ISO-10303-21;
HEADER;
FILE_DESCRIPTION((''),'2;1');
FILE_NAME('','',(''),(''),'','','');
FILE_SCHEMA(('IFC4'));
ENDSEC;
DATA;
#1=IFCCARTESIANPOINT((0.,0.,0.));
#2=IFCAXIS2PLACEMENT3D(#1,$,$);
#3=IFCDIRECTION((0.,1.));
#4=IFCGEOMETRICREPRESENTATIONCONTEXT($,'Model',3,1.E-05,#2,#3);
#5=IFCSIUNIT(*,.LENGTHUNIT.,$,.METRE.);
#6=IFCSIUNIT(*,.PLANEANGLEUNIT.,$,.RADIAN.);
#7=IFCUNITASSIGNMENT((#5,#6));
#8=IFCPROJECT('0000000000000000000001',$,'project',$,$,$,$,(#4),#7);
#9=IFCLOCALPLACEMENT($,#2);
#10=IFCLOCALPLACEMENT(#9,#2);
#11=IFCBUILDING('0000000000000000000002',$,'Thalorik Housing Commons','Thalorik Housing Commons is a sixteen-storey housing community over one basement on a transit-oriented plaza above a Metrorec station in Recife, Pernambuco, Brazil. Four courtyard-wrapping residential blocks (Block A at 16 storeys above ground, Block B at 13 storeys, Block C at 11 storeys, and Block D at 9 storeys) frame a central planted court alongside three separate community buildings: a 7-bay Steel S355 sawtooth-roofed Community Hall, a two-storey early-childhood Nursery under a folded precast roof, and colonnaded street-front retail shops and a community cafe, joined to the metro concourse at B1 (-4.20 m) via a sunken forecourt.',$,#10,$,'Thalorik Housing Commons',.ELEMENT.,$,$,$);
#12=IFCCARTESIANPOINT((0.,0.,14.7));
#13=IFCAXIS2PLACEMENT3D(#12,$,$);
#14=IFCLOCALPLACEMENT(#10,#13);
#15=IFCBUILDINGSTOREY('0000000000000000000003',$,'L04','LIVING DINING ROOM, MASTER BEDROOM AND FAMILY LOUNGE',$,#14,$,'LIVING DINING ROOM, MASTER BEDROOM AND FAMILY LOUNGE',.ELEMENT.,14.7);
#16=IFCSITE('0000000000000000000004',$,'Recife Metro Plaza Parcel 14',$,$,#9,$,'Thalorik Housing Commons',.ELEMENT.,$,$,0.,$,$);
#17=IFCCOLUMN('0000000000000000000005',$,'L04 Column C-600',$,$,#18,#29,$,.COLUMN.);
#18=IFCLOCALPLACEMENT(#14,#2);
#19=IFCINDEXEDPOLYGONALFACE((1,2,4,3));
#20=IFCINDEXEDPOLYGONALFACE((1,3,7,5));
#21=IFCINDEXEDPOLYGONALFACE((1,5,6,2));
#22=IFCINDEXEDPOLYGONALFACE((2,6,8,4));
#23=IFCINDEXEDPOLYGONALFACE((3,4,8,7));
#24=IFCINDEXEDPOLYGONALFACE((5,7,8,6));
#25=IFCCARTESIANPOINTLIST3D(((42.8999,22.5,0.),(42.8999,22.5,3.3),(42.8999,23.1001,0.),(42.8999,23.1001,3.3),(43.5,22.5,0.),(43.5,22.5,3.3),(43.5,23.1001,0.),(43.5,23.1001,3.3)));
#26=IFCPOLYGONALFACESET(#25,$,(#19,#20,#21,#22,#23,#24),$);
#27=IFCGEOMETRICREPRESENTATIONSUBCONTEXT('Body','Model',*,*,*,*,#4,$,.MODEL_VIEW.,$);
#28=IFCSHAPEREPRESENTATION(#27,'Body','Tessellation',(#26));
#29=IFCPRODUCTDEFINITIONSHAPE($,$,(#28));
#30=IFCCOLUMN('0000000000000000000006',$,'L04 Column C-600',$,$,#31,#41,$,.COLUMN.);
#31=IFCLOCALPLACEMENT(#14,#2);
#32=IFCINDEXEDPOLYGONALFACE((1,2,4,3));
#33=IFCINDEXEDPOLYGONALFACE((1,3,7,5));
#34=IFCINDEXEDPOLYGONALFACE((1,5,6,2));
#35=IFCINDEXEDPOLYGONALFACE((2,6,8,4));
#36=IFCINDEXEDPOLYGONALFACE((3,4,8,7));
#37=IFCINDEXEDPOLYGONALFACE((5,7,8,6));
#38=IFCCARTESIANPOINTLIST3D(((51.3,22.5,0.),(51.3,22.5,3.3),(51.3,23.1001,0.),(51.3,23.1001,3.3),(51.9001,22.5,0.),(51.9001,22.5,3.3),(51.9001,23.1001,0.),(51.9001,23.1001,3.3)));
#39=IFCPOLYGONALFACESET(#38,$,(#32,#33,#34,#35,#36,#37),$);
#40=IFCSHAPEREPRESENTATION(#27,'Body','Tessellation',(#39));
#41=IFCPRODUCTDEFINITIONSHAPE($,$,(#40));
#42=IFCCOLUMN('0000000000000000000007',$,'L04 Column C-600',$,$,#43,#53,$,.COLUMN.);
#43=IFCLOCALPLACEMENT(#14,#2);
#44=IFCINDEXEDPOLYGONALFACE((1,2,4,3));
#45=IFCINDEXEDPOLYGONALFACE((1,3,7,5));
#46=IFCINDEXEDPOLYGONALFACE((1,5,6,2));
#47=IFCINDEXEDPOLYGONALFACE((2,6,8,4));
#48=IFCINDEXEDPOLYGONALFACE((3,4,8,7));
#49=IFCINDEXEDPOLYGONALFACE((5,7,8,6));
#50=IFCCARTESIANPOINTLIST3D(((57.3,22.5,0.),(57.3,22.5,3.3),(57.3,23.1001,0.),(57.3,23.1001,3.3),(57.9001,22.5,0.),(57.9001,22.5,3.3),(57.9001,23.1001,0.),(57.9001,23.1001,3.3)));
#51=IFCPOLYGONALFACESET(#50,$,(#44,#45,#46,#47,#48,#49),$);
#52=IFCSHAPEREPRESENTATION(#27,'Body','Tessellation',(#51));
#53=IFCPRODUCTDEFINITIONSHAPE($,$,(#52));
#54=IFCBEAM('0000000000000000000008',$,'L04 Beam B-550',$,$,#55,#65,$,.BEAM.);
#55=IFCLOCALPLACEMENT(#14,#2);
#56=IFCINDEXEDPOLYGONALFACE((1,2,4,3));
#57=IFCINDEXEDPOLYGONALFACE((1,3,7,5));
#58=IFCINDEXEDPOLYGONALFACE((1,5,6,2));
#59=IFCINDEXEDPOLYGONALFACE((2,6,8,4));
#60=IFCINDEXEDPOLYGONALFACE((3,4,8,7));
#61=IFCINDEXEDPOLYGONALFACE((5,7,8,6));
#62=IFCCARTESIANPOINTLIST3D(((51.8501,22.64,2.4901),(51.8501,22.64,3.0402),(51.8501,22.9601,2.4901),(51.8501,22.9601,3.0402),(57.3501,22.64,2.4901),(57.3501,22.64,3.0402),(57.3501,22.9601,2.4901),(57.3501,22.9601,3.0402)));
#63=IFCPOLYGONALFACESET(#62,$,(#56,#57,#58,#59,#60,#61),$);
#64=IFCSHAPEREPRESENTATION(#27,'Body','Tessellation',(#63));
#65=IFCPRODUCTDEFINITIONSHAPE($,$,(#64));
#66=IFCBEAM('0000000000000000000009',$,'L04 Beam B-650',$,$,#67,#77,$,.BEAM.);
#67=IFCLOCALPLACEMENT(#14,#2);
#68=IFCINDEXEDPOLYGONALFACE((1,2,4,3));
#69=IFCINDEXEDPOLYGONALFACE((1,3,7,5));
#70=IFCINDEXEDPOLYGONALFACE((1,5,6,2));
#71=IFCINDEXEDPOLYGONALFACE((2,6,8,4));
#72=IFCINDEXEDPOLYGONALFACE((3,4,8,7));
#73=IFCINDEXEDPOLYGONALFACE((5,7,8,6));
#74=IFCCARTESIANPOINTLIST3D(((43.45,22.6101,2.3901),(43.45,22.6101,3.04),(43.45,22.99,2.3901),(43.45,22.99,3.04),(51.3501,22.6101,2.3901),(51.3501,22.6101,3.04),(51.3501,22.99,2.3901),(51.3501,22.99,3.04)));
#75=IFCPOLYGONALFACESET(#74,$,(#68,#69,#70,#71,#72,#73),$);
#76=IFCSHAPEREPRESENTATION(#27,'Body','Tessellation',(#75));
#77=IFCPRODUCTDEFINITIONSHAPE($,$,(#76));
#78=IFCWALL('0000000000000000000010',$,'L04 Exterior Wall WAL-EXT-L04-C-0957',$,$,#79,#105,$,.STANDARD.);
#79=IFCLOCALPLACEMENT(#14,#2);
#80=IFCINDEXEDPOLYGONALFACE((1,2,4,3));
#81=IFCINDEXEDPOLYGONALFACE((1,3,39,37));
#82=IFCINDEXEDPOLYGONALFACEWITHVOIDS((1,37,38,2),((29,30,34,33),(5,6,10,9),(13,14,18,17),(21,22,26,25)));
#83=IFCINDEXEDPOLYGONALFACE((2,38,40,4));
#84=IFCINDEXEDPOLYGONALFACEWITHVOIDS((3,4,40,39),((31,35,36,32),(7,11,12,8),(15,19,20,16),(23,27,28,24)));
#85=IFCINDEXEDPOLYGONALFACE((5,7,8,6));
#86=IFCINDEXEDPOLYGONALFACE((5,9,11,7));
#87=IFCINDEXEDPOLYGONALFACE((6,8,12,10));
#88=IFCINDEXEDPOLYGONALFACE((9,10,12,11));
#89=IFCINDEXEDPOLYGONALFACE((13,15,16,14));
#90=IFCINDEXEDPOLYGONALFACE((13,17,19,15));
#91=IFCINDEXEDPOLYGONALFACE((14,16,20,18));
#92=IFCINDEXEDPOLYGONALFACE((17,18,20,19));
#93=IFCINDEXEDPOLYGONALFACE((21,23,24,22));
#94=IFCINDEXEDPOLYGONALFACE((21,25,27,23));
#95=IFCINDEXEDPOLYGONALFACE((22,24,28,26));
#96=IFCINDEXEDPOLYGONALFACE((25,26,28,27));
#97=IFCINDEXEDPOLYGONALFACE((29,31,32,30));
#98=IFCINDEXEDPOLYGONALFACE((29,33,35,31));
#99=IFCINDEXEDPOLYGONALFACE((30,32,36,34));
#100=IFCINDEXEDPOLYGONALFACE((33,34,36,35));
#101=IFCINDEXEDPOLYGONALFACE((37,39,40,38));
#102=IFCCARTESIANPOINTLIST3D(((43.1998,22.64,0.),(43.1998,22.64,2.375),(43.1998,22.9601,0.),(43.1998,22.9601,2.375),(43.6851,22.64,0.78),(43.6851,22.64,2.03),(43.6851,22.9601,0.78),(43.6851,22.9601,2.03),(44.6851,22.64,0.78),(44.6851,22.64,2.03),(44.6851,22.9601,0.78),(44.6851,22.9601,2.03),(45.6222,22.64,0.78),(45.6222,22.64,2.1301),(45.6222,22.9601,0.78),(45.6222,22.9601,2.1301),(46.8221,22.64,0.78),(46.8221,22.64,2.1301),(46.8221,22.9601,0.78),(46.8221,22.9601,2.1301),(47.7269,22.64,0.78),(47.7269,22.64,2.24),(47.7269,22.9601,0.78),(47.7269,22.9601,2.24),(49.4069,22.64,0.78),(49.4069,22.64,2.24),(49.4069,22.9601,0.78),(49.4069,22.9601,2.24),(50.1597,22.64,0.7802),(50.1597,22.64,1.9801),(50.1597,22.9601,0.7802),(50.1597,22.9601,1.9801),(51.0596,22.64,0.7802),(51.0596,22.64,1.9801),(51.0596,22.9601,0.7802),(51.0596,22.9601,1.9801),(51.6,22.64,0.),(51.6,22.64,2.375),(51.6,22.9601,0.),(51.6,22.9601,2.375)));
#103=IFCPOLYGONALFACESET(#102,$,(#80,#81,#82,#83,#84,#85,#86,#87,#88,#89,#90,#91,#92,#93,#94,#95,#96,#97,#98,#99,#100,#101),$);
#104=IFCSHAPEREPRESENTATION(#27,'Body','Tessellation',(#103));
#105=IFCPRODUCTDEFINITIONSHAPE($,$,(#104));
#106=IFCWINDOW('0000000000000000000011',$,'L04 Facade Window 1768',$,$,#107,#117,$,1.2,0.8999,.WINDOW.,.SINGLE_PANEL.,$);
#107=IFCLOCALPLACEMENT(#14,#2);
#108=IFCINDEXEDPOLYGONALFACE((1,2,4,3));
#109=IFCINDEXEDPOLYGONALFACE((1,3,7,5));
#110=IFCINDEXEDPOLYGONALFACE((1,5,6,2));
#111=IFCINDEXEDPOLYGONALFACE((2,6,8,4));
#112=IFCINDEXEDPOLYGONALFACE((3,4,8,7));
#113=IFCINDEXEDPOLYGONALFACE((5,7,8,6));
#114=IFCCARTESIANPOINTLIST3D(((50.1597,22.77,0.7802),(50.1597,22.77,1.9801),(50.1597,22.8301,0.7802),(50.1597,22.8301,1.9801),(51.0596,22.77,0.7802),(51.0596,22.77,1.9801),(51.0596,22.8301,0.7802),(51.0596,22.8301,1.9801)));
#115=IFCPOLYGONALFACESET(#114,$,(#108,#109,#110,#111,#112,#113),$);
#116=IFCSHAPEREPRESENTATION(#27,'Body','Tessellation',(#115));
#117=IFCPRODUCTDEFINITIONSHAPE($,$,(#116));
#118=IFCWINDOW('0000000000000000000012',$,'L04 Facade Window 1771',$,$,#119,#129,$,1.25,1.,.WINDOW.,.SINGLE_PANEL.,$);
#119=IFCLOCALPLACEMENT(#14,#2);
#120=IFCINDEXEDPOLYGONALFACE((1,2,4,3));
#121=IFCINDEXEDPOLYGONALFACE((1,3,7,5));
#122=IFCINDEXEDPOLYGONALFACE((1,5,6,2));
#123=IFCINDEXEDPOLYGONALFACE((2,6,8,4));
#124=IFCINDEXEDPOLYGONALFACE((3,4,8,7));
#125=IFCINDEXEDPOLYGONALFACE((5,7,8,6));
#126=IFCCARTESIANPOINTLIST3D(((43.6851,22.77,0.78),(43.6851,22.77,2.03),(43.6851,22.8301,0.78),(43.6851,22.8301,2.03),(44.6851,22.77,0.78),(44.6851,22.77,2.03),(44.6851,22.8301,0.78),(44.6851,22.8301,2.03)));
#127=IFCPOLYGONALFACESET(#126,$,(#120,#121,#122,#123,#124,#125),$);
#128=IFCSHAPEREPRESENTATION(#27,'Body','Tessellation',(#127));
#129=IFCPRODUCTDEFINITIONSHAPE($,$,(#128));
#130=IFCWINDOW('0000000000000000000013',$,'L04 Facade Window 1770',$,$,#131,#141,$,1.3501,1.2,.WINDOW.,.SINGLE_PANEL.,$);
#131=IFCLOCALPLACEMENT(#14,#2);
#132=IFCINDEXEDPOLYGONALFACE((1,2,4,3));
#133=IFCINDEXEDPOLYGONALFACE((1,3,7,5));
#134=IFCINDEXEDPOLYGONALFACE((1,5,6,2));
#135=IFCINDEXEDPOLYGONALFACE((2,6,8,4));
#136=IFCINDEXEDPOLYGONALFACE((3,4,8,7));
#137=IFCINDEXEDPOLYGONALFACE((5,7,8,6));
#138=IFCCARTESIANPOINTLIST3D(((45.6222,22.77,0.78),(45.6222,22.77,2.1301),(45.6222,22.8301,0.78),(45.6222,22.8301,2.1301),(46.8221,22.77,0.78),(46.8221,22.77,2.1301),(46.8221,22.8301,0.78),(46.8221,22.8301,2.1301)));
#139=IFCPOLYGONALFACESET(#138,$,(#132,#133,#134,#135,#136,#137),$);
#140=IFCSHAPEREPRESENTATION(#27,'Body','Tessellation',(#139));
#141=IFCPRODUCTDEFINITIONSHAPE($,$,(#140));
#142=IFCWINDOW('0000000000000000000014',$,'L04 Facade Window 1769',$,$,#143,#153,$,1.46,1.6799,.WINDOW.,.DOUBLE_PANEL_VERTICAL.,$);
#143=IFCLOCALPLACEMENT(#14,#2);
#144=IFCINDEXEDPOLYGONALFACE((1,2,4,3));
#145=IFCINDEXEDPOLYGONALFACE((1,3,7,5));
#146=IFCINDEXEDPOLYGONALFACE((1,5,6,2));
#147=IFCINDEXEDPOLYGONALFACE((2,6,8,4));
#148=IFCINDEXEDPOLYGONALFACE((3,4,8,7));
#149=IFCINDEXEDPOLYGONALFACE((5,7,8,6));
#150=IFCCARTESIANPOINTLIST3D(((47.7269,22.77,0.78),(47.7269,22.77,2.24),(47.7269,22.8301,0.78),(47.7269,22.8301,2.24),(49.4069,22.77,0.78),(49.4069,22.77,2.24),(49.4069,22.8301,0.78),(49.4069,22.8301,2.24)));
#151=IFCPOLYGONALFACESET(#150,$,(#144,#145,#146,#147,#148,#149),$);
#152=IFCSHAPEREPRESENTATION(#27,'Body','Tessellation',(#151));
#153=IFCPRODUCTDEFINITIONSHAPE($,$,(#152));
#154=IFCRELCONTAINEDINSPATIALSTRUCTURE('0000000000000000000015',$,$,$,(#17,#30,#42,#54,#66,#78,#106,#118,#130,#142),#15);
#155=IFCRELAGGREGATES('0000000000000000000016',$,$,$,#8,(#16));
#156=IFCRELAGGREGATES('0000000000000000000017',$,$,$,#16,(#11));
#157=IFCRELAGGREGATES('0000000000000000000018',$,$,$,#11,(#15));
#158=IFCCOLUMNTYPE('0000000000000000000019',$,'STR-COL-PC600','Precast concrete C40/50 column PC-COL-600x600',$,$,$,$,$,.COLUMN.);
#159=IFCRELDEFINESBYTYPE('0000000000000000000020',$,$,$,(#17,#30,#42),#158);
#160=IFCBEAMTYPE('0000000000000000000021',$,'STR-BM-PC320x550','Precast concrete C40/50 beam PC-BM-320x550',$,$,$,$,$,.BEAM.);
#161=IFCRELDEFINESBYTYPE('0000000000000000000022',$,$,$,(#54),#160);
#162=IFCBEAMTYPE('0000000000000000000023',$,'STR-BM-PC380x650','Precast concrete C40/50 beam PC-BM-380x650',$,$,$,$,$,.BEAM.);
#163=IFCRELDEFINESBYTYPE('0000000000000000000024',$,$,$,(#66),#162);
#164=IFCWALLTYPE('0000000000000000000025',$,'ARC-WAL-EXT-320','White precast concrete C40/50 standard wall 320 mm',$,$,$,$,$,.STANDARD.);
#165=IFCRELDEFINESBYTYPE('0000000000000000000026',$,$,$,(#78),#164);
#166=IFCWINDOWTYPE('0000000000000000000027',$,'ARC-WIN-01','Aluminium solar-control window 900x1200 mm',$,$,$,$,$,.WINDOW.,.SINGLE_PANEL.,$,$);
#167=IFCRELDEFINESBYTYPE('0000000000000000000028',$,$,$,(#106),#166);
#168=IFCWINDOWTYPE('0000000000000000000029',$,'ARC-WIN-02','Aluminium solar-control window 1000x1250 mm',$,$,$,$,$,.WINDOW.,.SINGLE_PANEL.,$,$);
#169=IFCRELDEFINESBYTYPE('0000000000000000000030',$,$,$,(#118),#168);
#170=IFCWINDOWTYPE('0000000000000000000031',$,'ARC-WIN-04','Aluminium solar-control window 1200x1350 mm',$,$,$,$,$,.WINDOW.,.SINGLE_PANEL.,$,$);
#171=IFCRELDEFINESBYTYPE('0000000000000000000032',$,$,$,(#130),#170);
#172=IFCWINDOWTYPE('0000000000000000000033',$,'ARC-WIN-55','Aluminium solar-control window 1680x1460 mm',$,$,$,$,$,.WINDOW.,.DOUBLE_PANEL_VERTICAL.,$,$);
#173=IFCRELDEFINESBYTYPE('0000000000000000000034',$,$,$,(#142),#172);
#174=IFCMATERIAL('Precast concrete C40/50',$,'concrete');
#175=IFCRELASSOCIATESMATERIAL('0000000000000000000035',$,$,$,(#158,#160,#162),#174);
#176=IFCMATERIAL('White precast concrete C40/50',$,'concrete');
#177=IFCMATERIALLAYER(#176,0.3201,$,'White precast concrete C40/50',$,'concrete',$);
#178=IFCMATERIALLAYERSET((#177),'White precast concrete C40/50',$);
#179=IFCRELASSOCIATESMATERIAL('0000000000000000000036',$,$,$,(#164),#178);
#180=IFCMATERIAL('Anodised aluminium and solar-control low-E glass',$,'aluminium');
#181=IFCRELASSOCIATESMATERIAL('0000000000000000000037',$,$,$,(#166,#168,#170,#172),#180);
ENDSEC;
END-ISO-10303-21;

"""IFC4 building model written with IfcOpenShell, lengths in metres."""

from ifc_helpers import new_model, si_unit, direction, frame, frame_2d, origin, origin_2d, place, context, subcontext, project, spatial, rectangle, extrude, material, layer, layer_set, material_profile, profile_set, type_object, element, fill, save


model = new_model("IFC4")

# Units and contexts
model_context = context("Model", 3, precision=1e-05, world=origin(), true_north=direction((0.0, 1.0)))
body_context = subcontext(model_context, "Body", "Model", "MODEL_VIEW")
ifc_project = project(units=[si_unit("LENGTHUNIT", "METRE"), si_unit("PLANEANGLEUNIT", "RADIAN")], contexts=[model_context])

# Site, building, storey
site_placement = place(None, origin())
site = spatial("IfcSite", under=ifc_project, at=site_placement, Name="Recife Metro Plaza Parcel 14", LongName="Thalorik Housing Commons", CompositionType="ELEMENT", RefElevation=0.0)
building_placement = place(site_placement, origin())
building = spatial("IfcBuilding", under=site, at=building_placement, Name="Thalorik Housing Commons", Description="Thalorik Housing Commons is a sixteen-storey housing community over one basement on a transit-oriented plaza above a Metrorec station in Recife, Pernambuco, Brazil. Four courtyard-wrapping residential blocks (Block A at 16 storeys above ground, Block B at 13 storeys, Block C at 11 storeys, and Block D at 9 storeys) frame a central planted court alongside three separate community buildings: a 7-bay Steel S355 sawtooth-roofed Community Hall, a two-storey early-childhood Nursery under a folded precast roof, and colonnaded street-front retail shops and a community cafe, joined to the metro concourse at B1 (-4.20 m) via a sunken forecourt.", LongName="Thalorik Housing Commons", CompositionType="ELEMENT")
storey_placement = place(building_placement, frame((0.0, 0.0, 14.7)))
storey = spatial("IfcBuildingStorey", under=building, at=storey_placement, Name="L04", Description="LIVING DINING ROOM, MASTER BEDROOM AND FAMILY LOUNGE", LongName="LIVING DINING ROOM, MASTER BEDROOM AND FAMILY LOUNGE", CompositionType="ELEMENT", Elevation=14.7)

# Columns
ifc_material_1 = material(Name="Precast concrete C40/50", Category="concrete")
ifc_material_profile_1 = material_profile(ifc_material_1, rectangle(XDim=0.6001, YDim=0.6001, at=origin_2d()), Name="PC 600x600", Category="concrete")
ifc_profile_set_1 = profile_set([ifc_material_profile_1], Name="Precast concrete C40/50")
column_type = type_object("IfcColumnType", Name="STR-COL-PC600", Description="Precast concrete C40/50 column PC-COL-600x600", PredefinedType="COLUMN", material=ifc_profile_set_1)
for number, where, z_axis, x_axis, name in (
    (1, (43.2, 22.8, 0.0), (0.0, 0.0, 1.0), (1.0, 0.0, 0.0), "L04 Column C-600"),
    (2, (51.6001, 22.8, 0.0), (0.0, 0.0, 1.0), (1.0, 0.0, 0.0), "L04 Column C-600"),
    (3, (57.6001, 22.8, 0.0), (0.0, 0.0, 1.0), (1.0, 0.0, 0.0), "L04 Column C-600"),
):
    element("IfcColumn", number, at=place(storey_placement, frame(where, z_axis=z_axis, x_axis=x_axis)), inside=storey, type_object=column_type, Name=name, PredefinedType="COLUMN", context=body_context, shape_type="SweptSolid", body=[
        extrude(rectangle(XDim=0.6001, YDim=0.6001, at=origin_2d()), origin(), (0.0, 0.0, 1.0), 3.3),
    ])

# Beams
ifc_material_profile_2 = material_profile(ifc_material_1, rectangle(XDim=0.3201, YDim=0.55, at=origin_2d()), Name="PC 320x550", Category="concrete")
ifc_profile_set_2 = profile_set([ifc_material_profile_2], Name="Precast concrete C40/50")
beam_type_1 = type_object("IfcBeamType", Name="STR-BM-PC320x550", Description="Precast concrete C40/50 beam PC-BM-320x550", PredefinedType="BEAM", material=ifc_profile_set_2)
beam_1_placement = place(storey_placement, frame((51.8501, 22.8, 2.7651), z_axis=(1.0, 0.0, 0.0), x_axis=(0.0, 1.0, 0.0)))
element("IfcBeam", 4, at=beam_1_placement, inside=storey, type_object=beam_type_1, Name="L04 Beam B-550", PredefinedType="BEAM", context=body_context, shape_type="SweptSolid", body=[
    extrude(rectangle(XDim=0.3201, YDim=0.55, at=origin_2d()), origin(), (0.0, 0.0, 1.0), 5.5),
])
ifc_material_profile_3 = material_profile(ifc_material_1, rectangle(XDim=0.3799, YDim=0.6499, at=origin_2d()), Name="PC 380x650", Category="concrete")
ifc_profile_set_3 = profile_set([ifc_material_profile_3], Name="Precast concrete C40/50")
beam_type_2 = type_object("IfcBeamType", Name="STR-BM-PC380x650", Description="Precast concrete C40/50 beam PC-BM-380x650", PredefinedType="BEAM", material=ifc_profile_set_3)
beam_2_placement = place(storey_placement, frame((43.45, 22.8, 2.7151), z_axis=(1.0, 0.0, 0.0), x_axis=(0.0, 1.0, 0.0)))
element("IfcBeam", 5, at=beam_2_placement, inside=storey, type_object=beam_type_2, Name="L04 Beam B-650", PredefinedType="BEAM", context=body_context, shape_type="SweptSolid", body=[
    extrude(rectangle(XDim=0.3799, YDim=0.6499, at=origin_2d()), origin(), (0.0, 0.0, 1.0), 7.9001),
])

# Wall, openings, windows
ifc_material_2 = material(Name="White precast concrete C40/50", Category="concrete")
ifc_layer_1 = layer(ifc_material_2, 0.3201, Name="White precast concrete C40/50", Category="concrete")
ifc_layer_set_1 = layer_set([ifc_layer_1], Name="White precast concrete C40/50")
wall_type = type_object("IfcWallType", Name="ARC-WAL-EXT-320", Description="White precast concrete C40/50 standard wall 320 mm", PredefinedType="STANDARD", material=ifc_layer_set_1)
wall_1_placement = place(storey_placement, frame((51.6001, 22.8, 0.0), z_axis=(0.0, 0.0, 1.0), x_axis=(-1.0, 0.0, 0.0)))
wall_1 = element("IfcWall", 6, at=wall_1_placement, inside=storey, type_object=wall_type, Name="L04 Exterior Wall WAL-EXT-L04-C-0957", PredefinedType="STANDARD", context=body_context, shape_type="SweptSolid", body=[
    extrude(rectangle(XDim=8.4001, YDim=0.3201, at=frame_2d((4.2002, 0.0))), origin(), (0.0, 0.0, 1.0), 2.375),
])
opening_1_placement = place(wall_1_placement, frame((0.5405, 0.0, 0.78)))
opening_1 = element("IfcOpeningElement", 7, at=opening_1_placement, cuts=wall_1, PredefinedType="OPENING", context=body_context, shape_type="SweptSolid", body=[
    extrude(rectangle(XDim=0.8999, YDim=1.2, at=frame_2d((0.45, 0.6001))), frame((0.0, 0.1699, 0.0), z_axis=(0.0, -1.0, 0.0), x_axis=(1.0, 0.0, 0.0)), (0.0, 0.0, 1.0), 0.3401),
])
opening_2_placement = place(wall_1_placement, frame((2.1934, 0.0, 0.78)))
opening_2 = element("IfcOpeningElement", 8, at=opening_2_placement, cuts=wall_1, PredefinedType="OPENING", context=body_context, shape_type="SweptSolid", body=[
    extrude(rectangle(XDim=1.6799, YDim=1.46, at=frame_2d((0.8398, 0.73))), frame((0.0, 0.1699, 0.0), z_axis=(0.0, -1.0, 0.0), x_axis=(1.0, 0.0, 0.0)), (0.0, 0.0, 1.0), 0.3401),
])
opening_3_placement = place(wall_1_placement, frame((4.7778, 0.0, 0.78)))
opening_3 = element("IfcOpeningElement", 9, at=opening_3_placement, cuts=wall_1, PredefinedType="OPENING", context=body_context, shape_type="SweptSolid", body=[
    extrude(rectangle(XDim=1.2, YDim=1.3501, at=frame_2d((0.6001, 0.675))), frame((0.0, 0.1699, 0.0), z_axis=(0.0, -1.0, 0.0), x_axis=(1.0, 0.0, 0.0)), (0.0, 0.0, 1.0), 0.3401),
])
opening_4_placement = place(wall_1_placement, frame((6.915, 0.0, 0.78)))
opening_4 = element("IfcOpeningElement", 10, at=opening_4_placement, cuts=wall_1, PredefinedType="OPENING", context=body_context, shape_type="SweptSolid", body=[
    extrude(rectangle(XDim=1.0, YDim=1.25, at=frame_2d((0.5, 0.625))), frame((0.0, 0.1699, 0.0), z_axis=(0.0, -1.0, 0.0), x_axis=(1.0, 0.0, 0.0)), (0.0, 0.0, 1.0), 0.3401),
])
ifc_material_3 = material(Name="Anodised aluminium and solar-control low-E glass", Category="aluminium")
window_type_1 = type_object("IfcWindowType", Name="ARC-WIN-01", Description="Aluminium solar-control window 900x1200 mm", PartitioningType="SINGLE_PANEL", PredefinedType="WINDOW", material=ifc_material_3)
window_1_placement = place(opening_1_placement, origin())
window_1 = element("IfcWindow", 11, at=window_1_placement, inside=storey, type_object=window_type_1, Name="L04 Facade Window 1768", OverallHeight=1.2, OverallWidth=0.8999, PartitioningType="SINGLE_PANEL", PredefinedType="WINDOW", context=body_context, shape_type="SweptSolid", body=[
    extrude(rectangle(XDim=0.8999, YDim=1.2, at=frame_2d((0.45, 0.6001))), frame((0.0, 0.03, 0.0), z_axis=(0.0, -1.0, 0.0), x_axis=(1.0, 0.0, 0.0)), (0.0, 0.0, 1.0), 0.0601),
])
fill(opening_1, window_1)
window_type_2 = type_object("IfcWindowType", Name="ARC-WIN-02", Description="Aluminium solar-control window 1000x1250 mm", PartitioningType="SINGLE_PANEL", PredefinedType="WINDOW", material=ifc_material_3)
window_2_placement = place(opening_4_placement, origin())
window_2 = element("IfcWindow", 12, at=window_2_placement, inside=storey, type_object=window_type_2, Name="L04 Facade Window 1771", OverallHeight=1.25, OverallWidth=1.0, PartitioningType="SINGLE_PANEL", PredefinedType="WINDOW", context=body_context, shape_type="SweptSolid", body=[
    extrude(rectangle(XDim=1.0, YDim=1.25, at=frame_2d((0.5, 0.625))), frame((0.0, 0.03, 0.0), z_axis=(0.0, -1.0, 0.0), x_axis=(1.0, 0.0, 0.0)), (0.0, 0.0, 1.0), 0.0601),
])
fill(opening_4, window_2)
window_type_3 = type_object("IfcWindowType", Name="ARC-WIN-04", Description="Aluminium solar-control window 1200x1350 mm", PartitioningType="SINGLE_PANEL", PredefinedType="WINDOW", material=ifc_material_3)
window_3_placement = place(opening_3_placement, origin())
window_3 = element("IfcWindow", 13, at=window_3_placement, inside=storey, type_object=window_type_3, Name="L04 Facade Window 1770", OverallHeight=1.3501, OverallWidth=1.2, PartitioningType="SINGLE_PANEL", PredefinedType="WINDOW", context=body_context, shape_type="SweptSolid", body=[
    extrude(rectangle(XDim=1.2, YDim=1.3501, at=frame_2d((0.6001, 0.675))), frame((0.0, 0.03, 0.0), z_axis=(0.0, -1.0, 0.0), x_axis=(1.0, 0.0, 0.0)), (0.0, 0.0, 1.0), 0.0601),
])
fill(opening_3, window_3)
window_type_4 = type_object("IfcWindowType", Name="ARC-WIN-55", Description="Aluminium solar-control window 1680x1460 mm", PartitioningType="DOUBLE_PANEL_VERTICAL", PredefinedType="WINDOW", material=ifc_material_3)
window_4_placement = place(opening_2_placement, origin())
window_4 = element("IfcWindow", 14, at=window_4_placement, inside=storey, type_object=window_type_4, Name="L04 Facade Window 1769", OverallHeight=1.46, OverallWidth=1.6799, PartitioningType="DOUBLE_PANEL_VERTICAL", PredefinedType="WINDOW", context=body_context, shape_type="SweptSolid", body=[
    extrude(rectangle(XDim=1.6799, YDim=1.46, at=frame_2d((0.8398, 0.73))), frame((0.0, 0.03, 0.0), z_axis=(0.0, -1.0, 0.0), x_axis=(1.0, 0.0, 0.0)), (0.0, 0.0, 1.0), 0.0601),
])
fill(opening_2, window_4)

save(model, "model.ifc")
